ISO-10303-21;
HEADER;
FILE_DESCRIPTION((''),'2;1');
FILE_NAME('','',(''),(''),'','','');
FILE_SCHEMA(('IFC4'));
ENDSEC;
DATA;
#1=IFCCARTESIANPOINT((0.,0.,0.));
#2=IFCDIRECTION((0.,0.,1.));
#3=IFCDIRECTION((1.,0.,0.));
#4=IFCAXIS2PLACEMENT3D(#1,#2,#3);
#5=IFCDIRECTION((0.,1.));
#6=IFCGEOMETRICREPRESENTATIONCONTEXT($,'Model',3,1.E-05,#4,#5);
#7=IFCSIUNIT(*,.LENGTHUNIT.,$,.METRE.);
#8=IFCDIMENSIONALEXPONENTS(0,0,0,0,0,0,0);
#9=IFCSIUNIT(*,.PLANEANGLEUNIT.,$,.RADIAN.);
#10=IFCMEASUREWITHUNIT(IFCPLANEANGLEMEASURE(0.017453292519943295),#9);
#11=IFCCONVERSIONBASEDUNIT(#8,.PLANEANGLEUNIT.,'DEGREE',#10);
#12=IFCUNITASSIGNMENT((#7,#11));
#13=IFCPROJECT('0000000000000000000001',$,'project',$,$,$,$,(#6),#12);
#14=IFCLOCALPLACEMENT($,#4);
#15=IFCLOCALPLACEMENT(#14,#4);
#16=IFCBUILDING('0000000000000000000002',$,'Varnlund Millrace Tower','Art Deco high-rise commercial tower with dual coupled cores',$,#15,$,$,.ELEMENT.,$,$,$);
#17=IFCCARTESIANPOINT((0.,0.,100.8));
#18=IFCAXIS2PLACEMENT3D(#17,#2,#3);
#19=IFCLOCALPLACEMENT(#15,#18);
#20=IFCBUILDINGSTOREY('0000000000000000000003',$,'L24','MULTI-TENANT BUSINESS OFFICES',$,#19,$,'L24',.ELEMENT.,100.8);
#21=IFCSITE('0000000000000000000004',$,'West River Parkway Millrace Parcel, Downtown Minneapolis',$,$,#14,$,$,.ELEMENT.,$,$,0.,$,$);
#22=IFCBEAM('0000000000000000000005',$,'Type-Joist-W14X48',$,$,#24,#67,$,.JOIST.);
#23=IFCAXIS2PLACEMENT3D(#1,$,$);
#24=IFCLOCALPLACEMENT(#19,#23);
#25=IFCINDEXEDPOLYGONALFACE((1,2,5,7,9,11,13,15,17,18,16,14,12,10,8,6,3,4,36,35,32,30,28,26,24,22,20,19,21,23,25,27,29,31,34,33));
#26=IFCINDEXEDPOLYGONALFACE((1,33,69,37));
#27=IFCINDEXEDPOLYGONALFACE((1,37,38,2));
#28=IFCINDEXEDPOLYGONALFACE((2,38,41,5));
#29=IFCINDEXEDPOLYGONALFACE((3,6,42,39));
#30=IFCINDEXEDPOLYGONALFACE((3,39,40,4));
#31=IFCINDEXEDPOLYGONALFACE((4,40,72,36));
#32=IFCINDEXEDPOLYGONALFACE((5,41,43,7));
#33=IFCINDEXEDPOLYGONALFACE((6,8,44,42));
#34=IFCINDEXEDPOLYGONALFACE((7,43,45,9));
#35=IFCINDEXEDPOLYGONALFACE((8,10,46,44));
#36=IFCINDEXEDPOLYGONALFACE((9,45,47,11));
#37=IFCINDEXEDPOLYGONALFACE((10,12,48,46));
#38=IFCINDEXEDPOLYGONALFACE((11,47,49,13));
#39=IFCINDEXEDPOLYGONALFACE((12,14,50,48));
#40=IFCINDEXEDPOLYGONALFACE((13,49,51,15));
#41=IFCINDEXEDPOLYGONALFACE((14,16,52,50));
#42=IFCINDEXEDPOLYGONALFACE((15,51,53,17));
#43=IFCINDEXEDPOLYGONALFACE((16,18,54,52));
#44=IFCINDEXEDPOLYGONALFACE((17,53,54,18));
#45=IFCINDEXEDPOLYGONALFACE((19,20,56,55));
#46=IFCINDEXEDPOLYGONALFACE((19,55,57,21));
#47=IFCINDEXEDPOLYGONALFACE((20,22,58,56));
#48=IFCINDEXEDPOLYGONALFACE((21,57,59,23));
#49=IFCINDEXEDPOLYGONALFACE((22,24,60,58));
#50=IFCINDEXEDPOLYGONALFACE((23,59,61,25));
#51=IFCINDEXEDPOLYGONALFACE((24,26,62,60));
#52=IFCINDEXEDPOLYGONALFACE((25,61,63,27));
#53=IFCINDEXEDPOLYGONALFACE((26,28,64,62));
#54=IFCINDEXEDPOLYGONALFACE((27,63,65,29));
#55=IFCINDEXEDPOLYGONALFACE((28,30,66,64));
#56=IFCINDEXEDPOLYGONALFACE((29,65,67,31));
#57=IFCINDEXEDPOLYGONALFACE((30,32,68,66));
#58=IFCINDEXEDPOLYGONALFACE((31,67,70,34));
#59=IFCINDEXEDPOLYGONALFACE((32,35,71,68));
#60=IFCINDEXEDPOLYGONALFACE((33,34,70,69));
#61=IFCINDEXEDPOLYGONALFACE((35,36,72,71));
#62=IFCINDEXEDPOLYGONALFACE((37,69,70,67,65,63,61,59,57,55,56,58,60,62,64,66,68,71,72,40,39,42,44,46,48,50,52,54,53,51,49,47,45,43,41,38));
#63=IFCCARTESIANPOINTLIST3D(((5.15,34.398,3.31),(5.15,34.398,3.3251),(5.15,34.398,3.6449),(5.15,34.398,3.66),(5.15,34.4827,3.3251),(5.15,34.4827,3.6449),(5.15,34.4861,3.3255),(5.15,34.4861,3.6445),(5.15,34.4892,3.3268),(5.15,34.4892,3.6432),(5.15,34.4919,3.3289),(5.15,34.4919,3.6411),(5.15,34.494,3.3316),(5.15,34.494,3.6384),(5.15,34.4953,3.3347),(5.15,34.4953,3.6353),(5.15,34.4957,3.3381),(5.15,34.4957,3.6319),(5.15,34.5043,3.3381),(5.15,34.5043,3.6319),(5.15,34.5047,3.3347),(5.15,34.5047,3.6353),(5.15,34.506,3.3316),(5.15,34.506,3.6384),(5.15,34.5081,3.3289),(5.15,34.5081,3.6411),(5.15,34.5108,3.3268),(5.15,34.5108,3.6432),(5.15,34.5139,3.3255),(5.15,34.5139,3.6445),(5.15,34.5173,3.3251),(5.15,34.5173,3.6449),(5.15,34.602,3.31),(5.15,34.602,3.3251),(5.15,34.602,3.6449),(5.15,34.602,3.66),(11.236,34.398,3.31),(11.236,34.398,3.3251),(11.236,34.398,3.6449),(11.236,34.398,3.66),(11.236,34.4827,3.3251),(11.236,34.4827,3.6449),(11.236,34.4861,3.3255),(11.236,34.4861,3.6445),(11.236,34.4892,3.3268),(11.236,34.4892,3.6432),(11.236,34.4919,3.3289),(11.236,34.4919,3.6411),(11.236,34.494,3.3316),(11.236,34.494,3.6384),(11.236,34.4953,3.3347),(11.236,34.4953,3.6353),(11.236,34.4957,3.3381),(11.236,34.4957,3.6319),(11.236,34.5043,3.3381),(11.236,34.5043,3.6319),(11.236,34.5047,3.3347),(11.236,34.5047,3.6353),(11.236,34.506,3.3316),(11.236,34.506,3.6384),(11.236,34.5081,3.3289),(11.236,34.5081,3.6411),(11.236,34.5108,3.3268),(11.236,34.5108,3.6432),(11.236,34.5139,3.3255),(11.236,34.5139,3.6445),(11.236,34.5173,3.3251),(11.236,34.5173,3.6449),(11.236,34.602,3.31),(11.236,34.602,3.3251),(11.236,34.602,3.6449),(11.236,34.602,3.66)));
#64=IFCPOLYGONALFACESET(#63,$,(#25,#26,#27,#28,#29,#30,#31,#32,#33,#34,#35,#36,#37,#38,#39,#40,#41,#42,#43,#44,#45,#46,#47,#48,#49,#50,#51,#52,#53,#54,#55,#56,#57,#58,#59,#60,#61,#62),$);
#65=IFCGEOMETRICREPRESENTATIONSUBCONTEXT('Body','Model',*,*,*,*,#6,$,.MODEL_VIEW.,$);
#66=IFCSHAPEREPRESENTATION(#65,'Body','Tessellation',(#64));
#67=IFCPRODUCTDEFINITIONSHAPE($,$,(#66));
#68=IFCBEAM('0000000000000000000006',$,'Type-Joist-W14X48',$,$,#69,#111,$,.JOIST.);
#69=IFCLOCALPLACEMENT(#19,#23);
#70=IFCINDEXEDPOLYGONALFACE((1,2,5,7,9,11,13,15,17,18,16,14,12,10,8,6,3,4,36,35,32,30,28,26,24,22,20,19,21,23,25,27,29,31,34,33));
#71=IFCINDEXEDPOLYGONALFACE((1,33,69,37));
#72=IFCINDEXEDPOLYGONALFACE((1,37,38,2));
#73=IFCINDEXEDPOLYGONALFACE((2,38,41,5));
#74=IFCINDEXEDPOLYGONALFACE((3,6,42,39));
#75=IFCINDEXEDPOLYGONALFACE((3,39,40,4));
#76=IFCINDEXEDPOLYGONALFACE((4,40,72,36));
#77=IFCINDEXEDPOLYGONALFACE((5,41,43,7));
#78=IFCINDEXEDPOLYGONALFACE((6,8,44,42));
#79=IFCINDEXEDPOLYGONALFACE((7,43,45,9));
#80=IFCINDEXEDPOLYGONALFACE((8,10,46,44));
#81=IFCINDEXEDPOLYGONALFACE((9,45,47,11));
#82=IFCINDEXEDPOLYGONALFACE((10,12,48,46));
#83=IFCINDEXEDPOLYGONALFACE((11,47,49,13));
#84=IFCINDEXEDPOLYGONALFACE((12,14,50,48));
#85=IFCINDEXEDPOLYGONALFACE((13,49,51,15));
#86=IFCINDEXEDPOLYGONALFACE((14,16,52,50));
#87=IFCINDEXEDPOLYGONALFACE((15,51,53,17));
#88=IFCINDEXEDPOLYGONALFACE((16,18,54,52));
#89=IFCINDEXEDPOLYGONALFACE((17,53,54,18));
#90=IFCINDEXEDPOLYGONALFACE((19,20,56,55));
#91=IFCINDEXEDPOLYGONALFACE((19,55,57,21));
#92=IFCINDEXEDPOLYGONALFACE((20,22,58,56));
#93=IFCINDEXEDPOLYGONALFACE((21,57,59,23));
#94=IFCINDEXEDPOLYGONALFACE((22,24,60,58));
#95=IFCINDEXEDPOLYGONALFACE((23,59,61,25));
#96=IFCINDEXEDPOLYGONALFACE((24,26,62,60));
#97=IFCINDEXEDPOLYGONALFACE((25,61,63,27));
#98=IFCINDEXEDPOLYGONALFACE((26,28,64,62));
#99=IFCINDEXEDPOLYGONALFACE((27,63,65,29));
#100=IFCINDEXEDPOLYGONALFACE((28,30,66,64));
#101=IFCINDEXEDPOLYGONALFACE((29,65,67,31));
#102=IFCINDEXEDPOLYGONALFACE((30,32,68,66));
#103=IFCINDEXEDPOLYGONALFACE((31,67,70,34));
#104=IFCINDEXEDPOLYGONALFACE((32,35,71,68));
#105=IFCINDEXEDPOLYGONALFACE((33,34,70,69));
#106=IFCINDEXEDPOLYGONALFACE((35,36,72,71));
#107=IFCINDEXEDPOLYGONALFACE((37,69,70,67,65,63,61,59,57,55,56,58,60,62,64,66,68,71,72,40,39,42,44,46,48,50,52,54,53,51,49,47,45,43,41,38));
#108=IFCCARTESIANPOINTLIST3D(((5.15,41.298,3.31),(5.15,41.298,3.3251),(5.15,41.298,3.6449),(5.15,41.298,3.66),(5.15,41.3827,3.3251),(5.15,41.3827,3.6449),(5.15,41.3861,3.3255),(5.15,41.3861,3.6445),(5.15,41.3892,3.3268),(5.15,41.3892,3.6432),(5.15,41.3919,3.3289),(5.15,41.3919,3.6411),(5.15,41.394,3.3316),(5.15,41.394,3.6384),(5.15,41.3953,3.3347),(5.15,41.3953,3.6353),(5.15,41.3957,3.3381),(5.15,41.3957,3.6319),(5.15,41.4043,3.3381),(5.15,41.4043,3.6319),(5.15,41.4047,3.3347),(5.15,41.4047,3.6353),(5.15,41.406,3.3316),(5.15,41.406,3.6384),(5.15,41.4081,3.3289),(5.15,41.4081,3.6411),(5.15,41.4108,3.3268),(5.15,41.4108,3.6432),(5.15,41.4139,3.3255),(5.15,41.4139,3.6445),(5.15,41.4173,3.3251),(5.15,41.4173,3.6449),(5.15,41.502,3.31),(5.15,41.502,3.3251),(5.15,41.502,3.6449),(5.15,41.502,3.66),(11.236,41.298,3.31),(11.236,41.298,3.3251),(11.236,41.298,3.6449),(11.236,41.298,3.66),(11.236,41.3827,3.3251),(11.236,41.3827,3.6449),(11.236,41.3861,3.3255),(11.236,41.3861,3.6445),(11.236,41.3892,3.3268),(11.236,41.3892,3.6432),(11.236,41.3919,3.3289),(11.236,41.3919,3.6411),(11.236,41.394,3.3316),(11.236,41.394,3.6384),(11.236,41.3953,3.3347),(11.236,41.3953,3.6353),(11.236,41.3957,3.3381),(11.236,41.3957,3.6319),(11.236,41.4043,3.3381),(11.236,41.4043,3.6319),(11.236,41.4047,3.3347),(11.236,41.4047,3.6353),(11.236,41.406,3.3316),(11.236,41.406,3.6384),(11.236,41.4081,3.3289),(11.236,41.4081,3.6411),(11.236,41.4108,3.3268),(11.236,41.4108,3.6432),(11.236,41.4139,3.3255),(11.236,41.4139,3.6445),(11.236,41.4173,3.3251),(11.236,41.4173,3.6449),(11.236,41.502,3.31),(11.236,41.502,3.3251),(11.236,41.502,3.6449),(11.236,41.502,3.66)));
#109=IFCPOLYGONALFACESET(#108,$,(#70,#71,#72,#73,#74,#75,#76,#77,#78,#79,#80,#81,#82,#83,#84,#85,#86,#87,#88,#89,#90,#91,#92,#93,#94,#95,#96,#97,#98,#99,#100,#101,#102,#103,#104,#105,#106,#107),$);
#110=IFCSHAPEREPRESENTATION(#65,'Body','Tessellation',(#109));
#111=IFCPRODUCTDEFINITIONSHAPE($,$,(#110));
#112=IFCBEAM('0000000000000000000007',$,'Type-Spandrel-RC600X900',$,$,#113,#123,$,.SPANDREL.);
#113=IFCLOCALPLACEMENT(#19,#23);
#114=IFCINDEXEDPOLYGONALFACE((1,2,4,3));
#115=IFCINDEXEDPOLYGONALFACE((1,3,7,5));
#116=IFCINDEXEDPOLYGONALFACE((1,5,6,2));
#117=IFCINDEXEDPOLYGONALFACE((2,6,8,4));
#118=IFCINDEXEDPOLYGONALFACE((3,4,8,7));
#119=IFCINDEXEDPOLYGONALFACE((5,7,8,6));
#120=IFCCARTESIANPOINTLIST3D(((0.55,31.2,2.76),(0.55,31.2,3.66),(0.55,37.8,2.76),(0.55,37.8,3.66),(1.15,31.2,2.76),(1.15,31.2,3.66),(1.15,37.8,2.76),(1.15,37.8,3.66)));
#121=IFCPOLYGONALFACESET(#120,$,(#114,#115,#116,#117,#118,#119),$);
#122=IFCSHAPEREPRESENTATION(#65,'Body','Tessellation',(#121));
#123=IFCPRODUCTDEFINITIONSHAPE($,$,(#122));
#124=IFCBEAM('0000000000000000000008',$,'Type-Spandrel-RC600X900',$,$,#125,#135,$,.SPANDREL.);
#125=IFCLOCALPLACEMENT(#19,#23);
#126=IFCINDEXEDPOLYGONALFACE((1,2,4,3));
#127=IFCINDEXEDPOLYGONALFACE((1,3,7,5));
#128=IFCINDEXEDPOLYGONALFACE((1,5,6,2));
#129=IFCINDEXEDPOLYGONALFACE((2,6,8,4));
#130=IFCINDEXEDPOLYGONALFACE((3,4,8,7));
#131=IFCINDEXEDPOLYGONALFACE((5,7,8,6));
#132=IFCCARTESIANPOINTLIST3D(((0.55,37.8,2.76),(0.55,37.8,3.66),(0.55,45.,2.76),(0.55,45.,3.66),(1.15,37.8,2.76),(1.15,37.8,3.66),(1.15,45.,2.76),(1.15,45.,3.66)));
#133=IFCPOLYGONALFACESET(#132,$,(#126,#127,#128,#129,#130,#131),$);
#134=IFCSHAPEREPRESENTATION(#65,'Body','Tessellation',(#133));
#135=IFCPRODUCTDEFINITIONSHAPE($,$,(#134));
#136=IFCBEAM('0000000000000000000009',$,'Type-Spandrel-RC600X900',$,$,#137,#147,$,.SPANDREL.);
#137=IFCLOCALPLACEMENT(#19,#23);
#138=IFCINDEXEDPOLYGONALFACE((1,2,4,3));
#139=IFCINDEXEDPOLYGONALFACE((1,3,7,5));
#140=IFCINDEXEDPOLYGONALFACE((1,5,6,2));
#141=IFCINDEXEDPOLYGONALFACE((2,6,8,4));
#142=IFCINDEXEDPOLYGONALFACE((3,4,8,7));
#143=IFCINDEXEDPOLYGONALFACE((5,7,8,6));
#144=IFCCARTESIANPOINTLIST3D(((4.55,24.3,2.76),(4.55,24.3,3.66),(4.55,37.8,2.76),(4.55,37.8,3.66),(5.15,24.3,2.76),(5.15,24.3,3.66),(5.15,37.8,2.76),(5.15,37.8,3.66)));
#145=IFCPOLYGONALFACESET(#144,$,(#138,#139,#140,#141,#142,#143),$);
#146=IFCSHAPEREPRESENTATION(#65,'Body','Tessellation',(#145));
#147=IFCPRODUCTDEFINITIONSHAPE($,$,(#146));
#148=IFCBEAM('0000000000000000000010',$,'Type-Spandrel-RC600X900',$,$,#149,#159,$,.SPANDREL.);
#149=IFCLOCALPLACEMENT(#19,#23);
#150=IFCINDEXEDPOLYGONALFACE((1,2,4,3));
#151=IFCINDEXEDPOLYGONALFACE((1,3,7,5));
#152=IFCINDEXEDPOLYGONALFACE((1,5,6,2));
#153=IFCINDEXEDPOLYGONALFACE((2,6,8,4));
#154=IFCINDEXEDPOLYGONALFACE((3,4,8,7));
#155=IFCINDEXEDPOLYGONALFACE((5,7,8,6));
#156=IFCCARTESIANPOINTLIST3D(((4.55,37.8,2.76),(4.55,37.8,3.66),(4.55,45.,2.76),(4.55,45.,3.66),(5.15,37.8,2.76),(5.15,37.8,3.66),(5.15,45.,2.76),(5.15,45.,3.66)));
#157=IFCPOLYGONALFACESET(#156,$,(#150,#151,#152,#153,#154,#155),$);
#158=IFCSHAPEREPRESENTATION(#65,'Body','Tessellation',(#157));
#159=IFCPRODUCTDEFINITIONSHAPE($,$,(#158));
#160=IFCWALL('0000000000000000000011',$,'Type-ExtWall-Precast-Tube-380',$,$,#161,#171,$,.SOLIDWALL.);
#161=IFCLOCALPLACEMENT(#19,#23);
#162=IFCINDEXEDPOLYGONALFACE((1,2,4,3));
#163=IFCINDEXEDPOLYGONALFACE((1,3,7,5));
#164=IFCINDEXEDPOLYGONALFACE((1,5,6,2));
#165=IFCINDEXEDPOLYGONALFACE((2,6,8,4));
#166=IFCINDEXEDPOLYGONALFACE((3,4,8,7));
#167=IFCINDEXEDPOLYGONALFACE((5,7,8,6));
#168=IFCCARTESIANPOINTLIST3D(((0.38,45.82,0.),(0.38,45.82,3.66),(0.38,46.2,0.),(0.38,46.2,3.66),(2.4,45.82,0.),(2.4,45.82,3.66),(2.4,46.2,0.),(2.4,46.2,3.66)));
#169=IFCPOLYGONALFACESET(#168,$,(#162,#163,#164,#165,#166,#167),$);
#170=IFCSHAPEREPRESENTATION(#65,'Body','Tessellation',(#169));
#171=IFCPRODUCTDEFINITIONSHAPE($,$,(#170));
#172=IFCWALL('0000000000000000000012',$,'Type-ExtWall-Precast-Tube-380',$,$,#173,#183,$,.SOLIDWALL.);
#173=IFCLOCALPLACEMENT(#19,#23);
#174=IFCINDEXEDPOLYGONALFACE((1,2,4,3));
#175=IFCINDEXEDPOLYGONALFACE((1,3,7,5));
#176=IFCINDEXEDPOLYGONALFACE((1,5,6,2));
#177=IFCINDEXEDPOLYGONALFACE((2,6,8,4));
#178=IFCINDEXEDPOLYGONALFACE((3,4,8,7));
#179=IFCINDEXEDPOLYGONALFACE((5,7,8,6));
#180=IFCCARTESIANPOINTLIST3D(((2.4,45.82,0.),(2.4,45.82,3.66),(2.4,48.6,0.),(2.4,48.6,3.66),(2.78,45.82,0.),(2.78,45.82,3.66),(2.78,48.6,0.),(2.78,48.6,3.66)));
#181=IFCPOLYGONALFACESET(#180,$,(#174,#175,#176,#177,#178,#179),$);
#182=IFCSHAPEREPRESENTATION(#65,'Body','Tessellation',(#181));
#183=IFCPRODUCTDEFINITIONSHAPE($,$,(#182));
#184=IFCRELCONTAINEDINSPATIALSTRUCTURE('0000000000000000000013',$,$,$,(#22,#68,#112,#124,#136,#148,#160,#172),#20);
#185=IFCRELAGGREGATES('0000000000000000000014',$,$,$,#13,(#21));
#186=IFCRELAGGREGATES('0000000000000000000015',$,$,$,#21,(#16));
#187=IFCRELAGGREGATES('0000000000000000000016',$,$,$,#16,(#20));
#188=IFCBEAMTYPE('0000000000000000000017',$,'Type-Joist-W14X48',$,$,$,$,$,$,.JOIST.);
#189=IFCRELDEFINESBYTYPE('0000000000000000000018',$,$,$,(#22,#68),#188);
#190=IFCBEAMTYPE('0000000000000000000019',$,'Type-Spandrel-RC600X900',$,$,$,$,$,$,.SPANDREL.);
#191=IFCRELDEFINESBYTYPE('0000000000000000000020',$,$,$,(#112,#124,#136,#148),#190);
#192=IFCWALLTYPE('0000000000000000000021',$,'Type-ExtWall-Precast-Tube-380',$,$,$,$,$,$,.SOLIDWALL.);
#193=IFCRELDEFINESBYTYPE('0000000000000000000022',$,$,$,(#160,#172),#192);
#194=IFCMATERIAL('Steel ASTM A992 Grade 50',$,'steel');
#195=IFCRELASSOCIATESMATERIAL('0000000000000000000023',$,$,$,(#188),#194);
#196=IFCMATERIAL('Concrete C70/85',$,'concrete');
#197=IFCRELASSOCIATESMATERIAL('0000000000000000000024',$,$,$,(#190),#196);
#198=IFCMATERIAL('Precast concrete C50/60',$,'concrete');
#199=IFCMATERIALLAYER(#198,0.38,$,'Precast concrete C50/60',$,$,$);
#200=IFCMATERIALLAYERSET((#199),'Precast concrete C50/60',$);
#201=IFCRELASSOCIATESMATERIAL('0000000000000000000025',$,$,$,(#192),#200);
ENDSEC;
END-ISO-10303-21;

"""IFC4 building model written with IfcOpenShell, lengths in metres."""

from ifc_helpers import new_model, entity, si_unit, converted_unit, direction, frame, origin_with_axes, origin_2d_with_axis, place, context, subcontext, project, spatial, polyline, rectangle, i_section, outline, extrude, material, layer, layer_set, material_profile, profile_set, type_object, element, save


model = new_model("IFC4")

# Units and contexts
model_context = context("Model", 3, precision=1e-05, world=origin_with_axes(), true_north=direction((0.0, 1.0)))
body_context = subcontext(model_context, "Body", "Model", "MODEL_VIEW")
ifc_project = project(units=[si_unit("LENGTHUNIT", "METRE"), converted_unit("PLANEANGLEUNIT", "DEGREE", entity("IfcPlaneAngleMeasure", 0.017453292519943295), si_unit("PLANEANGLEUNIT", "RADIAN"), dimensions=[0, 0, 0, 0, 0, 0, 0])], contexts=[model_context])

# Site, building, storey
site_placement = place(None, origin_with_axes())
site = spatial("IfcSite", under=ifc_project, at=site_placement, Name="West River Parkway Millrace Parcel, Downtown Minneapolis", CompositionType="ELEMENT", RefElevation=0.0)
building_placement = place(site_placement, origin_with_axes())
building = spatial("IfcBuilding", under=site, at=building_placement, Name="Varnlund Millrace Tower", Description="Art Deco high-rise commercial tower with dual coupled cores", CompositionType="ELEMENT")
storey_placement = place(building_placement, frame((0.0, 0.0, 100.8), z_axis=(0.0, 0.0, 1.0), x_axis=(1.0, 0.0, 0.0)))
storey = spatial("IfcBuildingStorey", under=building, at=storey_placement, Name="L24", Description="MULTI-TENANT BUSINESS OFFICES", LongName="L24", CompositionType="ELEMENT", Elevation=100.8)

# Beams
ifc_material_1 = material(Name="Steel ASTM A992 Grade 50", Category="steel")
ifc_material_profile_1 = material_profile(ifc_material_1, i_section(OverallWidth=0.204, OverallDepth=0.35, WebThickness=0.0086, FlangeThickness=0.0151, FilletRadius=0.013, at=origin_2d_with_axis()), Name="Steel ASTM A992 Grade 50")
ifc_profile_set_1 = profile_set([ifc_material_profile_1], Name="Steel ASTM A992 Grade 50")
beam_type_1 = type_object("IfcBeamType", Name="Type-Joist-W14X48", PredefinedType="JOIST", material=ifc_profile_set_1)
for number, where, z_axis, x_axis, name in (
    (1, (5.15, 34.5, 3.485), (1.0, 0.0, 0.0), (0.0, 1.0, 0.0), "Type-Joist-W14X48"),
    (2, (5.15, 41.4, 3.485), (1.0, 0.0, 0.0), (0.0, 1.0, 0.0), "Type-Joist-W14X48"),
):
    element("IfcBeam", number, at=place(storey_placement, frame(where, z_axis=z_axis, x_axis=x_axis)), inside=storey, type_object=beam_type_1, Name=name, PredefinedType="JOIST", context=body_context, shape_type="SweptSolid", body=[
        extrude(i_section(OverallWidth=0.204, OverallDepth=0.35, WebThickness=0.0086, FlangeThickness=0.0151, FilletRadius=0.013, at=origin_2d_with_axis()), origin_with_axes(), (0.0, 0.0, 1.0), 6.086),
    ])
ifc_material_2 = material(Name="Concrete C70/85", Category="concrete")
ifc_material_profile_2 = material_profile(ifc_material_2, rectangle(XDim=0.6, YDim=0.9, at=origin_2d_with_axis()), Name="Concrete C70/85")
ifc_profile_set_2 = profile_set([ifc_material_profile_2], Name="Concrete C70/85")
beam_type_2 = type_object("IfcBeamType", Name="Type-Spandrel-RC600X900", PredefinedType="SPANDREL", material=ifc_profile_set_2)
beam_1_placement = place(storey_placement, frame((0.85, 31.2, 3.21), z_axis=(0.0, 1.0, 0.0), x_axis=(-1.0, 0.0, 0.0)))
element("IfcBeam", 3, at=beam_1_placement, inside=storey, type_object=beam_type_2, Name="Type-Spandrel-RC600X900", PredefinedType="SPANDREL", context=body_context, shape_type="SweptSolid", body=[
    extrude(rectangle(XDim=0.6, YDim=0.9, at=origin_2d_with_axis()), origin_with_axes(), (0.0, 0.0, 1.0), 6.6),
])
beam_2_placement = place(storey_placement, frame((0.85, 37.8, 3.21), z_axis=(0.0, 1.0, 0.0), x_axis=(-1.0, 0.0, 0.0)))
element("IfcBeam", 4, at=beam_2_placement, inside=storey, type_object=beam_type_2, Name="Type-Spandrel-RC600X900", PredefinedType="SPANDREL", context=body_context, shape_type="SweptSolid", body=[
    extrude(rectangle(XDim=0.6, YDim=0.9, at=origin_2d_with_axis()), origin_with_axes(), (0.0, 0.0, 1.0), 7.2),
])
beam_3_placement = place(storey_placement, frame((4.85, 24.3, 3.21), z_axis=(0.0, 1.0, 0.0), x_axis=(-1.0, 0.0, 0.0)))
element("IfcBeam", 5, at=beam_3_placement, inside=storey, type_object=beam_type_2, Name="Type-Spandrel-RC600X900", PredefinedType="SPANDREL", context=body_context, shape_type="SweptSolid", body=[
    extrude(rectangle(XDim=0.6, YDim=0.9, at=origin_2d_with_axis()), origin_with_axes(), (0.0, 0.0, 1.0), 13.5),
])
beam_4_placement = place(storey_placement, frame((4.85, 37.8, 3.21), z_axis=(0.0, 1.0, 0.0), x_axis=(-1.0, 0.0, 0.0)))
element("IfcBeam", 6, at=beam_4_placement, inside=storey, type_object=beam_type_2, Name="Type-Spandrel-RC600X900", PredefinedType="SPANDREL", context=body_context, shape_type="SweptSolid", body=[
    extrude(rectangle(XDim=0.6, YDim=0.9, at=origin_2d_with_axis()), origin_with_axes(), (0.0, 0.0, 1.0), 7.2),
])

# Walls
ifc_material_3 = material(Name="Precast concrete C50/60", Category="concrete")
ifc_layer = layer(ifc_material_3, 0.38, Name="Precast concrete C50/60")
ifc_layer_set = layer_set([ifc_layer], Name="Precast concrete C50/60")
wall_type = type_object("IfcWallType", Name="Type-ExtWall-Precast-Tube-380", PredefinedType="SOLIDWALL", material=ifc_layer_set)
wall_1_placement = place(storey_placement, frame((0.38, 46.01, 0.0), z_axis=(0.0, 0.0, 1.0), x_axis=(1.0, 0.0, 0.0)))
element("IfcWall", 7, at=wall_1_placement, inside=storey, type_object=wall_type, Name="Type-ExtWall-Precast-Tube-380", PredefinedType="SOLIDWALL", context=body_context, shape_type="SweptSolid", body=[
    extrude(outline(polyline([(0.0, -0.19), (2.02, -0.19), (2.02, 0.19), (0.0, 0.19), (0.0, -0.19)])), origin_with_axes(), (0.0, 0.0, 1.0), 3.66),
])
wall_2_placement = place(storey_placement, frame((2.59, 45.82, 0.0), z_axis=(0.0, 0.0, 1.0), x_axis=(0.0, 1.0, 0.0)))
element("IfcWall", 8, at=wall_2_placement, inside=storey, type_object=wall_type, Name="Type-ExtWall-Precast-Tube-380", PredefinedType="SOLIDWALL", context=body_context, shape_type="SweptSolid", body=[
    extrude(outline(polyline([(0.0, -0.19), (2.78, -0.19), (2.78, 0.19), (0.0, 0.19), (0.0, -0.19)])), origin_with_axes(), (0.0, 0.0, 1.0), 3.66),
])

save(model, "model.ifc")
